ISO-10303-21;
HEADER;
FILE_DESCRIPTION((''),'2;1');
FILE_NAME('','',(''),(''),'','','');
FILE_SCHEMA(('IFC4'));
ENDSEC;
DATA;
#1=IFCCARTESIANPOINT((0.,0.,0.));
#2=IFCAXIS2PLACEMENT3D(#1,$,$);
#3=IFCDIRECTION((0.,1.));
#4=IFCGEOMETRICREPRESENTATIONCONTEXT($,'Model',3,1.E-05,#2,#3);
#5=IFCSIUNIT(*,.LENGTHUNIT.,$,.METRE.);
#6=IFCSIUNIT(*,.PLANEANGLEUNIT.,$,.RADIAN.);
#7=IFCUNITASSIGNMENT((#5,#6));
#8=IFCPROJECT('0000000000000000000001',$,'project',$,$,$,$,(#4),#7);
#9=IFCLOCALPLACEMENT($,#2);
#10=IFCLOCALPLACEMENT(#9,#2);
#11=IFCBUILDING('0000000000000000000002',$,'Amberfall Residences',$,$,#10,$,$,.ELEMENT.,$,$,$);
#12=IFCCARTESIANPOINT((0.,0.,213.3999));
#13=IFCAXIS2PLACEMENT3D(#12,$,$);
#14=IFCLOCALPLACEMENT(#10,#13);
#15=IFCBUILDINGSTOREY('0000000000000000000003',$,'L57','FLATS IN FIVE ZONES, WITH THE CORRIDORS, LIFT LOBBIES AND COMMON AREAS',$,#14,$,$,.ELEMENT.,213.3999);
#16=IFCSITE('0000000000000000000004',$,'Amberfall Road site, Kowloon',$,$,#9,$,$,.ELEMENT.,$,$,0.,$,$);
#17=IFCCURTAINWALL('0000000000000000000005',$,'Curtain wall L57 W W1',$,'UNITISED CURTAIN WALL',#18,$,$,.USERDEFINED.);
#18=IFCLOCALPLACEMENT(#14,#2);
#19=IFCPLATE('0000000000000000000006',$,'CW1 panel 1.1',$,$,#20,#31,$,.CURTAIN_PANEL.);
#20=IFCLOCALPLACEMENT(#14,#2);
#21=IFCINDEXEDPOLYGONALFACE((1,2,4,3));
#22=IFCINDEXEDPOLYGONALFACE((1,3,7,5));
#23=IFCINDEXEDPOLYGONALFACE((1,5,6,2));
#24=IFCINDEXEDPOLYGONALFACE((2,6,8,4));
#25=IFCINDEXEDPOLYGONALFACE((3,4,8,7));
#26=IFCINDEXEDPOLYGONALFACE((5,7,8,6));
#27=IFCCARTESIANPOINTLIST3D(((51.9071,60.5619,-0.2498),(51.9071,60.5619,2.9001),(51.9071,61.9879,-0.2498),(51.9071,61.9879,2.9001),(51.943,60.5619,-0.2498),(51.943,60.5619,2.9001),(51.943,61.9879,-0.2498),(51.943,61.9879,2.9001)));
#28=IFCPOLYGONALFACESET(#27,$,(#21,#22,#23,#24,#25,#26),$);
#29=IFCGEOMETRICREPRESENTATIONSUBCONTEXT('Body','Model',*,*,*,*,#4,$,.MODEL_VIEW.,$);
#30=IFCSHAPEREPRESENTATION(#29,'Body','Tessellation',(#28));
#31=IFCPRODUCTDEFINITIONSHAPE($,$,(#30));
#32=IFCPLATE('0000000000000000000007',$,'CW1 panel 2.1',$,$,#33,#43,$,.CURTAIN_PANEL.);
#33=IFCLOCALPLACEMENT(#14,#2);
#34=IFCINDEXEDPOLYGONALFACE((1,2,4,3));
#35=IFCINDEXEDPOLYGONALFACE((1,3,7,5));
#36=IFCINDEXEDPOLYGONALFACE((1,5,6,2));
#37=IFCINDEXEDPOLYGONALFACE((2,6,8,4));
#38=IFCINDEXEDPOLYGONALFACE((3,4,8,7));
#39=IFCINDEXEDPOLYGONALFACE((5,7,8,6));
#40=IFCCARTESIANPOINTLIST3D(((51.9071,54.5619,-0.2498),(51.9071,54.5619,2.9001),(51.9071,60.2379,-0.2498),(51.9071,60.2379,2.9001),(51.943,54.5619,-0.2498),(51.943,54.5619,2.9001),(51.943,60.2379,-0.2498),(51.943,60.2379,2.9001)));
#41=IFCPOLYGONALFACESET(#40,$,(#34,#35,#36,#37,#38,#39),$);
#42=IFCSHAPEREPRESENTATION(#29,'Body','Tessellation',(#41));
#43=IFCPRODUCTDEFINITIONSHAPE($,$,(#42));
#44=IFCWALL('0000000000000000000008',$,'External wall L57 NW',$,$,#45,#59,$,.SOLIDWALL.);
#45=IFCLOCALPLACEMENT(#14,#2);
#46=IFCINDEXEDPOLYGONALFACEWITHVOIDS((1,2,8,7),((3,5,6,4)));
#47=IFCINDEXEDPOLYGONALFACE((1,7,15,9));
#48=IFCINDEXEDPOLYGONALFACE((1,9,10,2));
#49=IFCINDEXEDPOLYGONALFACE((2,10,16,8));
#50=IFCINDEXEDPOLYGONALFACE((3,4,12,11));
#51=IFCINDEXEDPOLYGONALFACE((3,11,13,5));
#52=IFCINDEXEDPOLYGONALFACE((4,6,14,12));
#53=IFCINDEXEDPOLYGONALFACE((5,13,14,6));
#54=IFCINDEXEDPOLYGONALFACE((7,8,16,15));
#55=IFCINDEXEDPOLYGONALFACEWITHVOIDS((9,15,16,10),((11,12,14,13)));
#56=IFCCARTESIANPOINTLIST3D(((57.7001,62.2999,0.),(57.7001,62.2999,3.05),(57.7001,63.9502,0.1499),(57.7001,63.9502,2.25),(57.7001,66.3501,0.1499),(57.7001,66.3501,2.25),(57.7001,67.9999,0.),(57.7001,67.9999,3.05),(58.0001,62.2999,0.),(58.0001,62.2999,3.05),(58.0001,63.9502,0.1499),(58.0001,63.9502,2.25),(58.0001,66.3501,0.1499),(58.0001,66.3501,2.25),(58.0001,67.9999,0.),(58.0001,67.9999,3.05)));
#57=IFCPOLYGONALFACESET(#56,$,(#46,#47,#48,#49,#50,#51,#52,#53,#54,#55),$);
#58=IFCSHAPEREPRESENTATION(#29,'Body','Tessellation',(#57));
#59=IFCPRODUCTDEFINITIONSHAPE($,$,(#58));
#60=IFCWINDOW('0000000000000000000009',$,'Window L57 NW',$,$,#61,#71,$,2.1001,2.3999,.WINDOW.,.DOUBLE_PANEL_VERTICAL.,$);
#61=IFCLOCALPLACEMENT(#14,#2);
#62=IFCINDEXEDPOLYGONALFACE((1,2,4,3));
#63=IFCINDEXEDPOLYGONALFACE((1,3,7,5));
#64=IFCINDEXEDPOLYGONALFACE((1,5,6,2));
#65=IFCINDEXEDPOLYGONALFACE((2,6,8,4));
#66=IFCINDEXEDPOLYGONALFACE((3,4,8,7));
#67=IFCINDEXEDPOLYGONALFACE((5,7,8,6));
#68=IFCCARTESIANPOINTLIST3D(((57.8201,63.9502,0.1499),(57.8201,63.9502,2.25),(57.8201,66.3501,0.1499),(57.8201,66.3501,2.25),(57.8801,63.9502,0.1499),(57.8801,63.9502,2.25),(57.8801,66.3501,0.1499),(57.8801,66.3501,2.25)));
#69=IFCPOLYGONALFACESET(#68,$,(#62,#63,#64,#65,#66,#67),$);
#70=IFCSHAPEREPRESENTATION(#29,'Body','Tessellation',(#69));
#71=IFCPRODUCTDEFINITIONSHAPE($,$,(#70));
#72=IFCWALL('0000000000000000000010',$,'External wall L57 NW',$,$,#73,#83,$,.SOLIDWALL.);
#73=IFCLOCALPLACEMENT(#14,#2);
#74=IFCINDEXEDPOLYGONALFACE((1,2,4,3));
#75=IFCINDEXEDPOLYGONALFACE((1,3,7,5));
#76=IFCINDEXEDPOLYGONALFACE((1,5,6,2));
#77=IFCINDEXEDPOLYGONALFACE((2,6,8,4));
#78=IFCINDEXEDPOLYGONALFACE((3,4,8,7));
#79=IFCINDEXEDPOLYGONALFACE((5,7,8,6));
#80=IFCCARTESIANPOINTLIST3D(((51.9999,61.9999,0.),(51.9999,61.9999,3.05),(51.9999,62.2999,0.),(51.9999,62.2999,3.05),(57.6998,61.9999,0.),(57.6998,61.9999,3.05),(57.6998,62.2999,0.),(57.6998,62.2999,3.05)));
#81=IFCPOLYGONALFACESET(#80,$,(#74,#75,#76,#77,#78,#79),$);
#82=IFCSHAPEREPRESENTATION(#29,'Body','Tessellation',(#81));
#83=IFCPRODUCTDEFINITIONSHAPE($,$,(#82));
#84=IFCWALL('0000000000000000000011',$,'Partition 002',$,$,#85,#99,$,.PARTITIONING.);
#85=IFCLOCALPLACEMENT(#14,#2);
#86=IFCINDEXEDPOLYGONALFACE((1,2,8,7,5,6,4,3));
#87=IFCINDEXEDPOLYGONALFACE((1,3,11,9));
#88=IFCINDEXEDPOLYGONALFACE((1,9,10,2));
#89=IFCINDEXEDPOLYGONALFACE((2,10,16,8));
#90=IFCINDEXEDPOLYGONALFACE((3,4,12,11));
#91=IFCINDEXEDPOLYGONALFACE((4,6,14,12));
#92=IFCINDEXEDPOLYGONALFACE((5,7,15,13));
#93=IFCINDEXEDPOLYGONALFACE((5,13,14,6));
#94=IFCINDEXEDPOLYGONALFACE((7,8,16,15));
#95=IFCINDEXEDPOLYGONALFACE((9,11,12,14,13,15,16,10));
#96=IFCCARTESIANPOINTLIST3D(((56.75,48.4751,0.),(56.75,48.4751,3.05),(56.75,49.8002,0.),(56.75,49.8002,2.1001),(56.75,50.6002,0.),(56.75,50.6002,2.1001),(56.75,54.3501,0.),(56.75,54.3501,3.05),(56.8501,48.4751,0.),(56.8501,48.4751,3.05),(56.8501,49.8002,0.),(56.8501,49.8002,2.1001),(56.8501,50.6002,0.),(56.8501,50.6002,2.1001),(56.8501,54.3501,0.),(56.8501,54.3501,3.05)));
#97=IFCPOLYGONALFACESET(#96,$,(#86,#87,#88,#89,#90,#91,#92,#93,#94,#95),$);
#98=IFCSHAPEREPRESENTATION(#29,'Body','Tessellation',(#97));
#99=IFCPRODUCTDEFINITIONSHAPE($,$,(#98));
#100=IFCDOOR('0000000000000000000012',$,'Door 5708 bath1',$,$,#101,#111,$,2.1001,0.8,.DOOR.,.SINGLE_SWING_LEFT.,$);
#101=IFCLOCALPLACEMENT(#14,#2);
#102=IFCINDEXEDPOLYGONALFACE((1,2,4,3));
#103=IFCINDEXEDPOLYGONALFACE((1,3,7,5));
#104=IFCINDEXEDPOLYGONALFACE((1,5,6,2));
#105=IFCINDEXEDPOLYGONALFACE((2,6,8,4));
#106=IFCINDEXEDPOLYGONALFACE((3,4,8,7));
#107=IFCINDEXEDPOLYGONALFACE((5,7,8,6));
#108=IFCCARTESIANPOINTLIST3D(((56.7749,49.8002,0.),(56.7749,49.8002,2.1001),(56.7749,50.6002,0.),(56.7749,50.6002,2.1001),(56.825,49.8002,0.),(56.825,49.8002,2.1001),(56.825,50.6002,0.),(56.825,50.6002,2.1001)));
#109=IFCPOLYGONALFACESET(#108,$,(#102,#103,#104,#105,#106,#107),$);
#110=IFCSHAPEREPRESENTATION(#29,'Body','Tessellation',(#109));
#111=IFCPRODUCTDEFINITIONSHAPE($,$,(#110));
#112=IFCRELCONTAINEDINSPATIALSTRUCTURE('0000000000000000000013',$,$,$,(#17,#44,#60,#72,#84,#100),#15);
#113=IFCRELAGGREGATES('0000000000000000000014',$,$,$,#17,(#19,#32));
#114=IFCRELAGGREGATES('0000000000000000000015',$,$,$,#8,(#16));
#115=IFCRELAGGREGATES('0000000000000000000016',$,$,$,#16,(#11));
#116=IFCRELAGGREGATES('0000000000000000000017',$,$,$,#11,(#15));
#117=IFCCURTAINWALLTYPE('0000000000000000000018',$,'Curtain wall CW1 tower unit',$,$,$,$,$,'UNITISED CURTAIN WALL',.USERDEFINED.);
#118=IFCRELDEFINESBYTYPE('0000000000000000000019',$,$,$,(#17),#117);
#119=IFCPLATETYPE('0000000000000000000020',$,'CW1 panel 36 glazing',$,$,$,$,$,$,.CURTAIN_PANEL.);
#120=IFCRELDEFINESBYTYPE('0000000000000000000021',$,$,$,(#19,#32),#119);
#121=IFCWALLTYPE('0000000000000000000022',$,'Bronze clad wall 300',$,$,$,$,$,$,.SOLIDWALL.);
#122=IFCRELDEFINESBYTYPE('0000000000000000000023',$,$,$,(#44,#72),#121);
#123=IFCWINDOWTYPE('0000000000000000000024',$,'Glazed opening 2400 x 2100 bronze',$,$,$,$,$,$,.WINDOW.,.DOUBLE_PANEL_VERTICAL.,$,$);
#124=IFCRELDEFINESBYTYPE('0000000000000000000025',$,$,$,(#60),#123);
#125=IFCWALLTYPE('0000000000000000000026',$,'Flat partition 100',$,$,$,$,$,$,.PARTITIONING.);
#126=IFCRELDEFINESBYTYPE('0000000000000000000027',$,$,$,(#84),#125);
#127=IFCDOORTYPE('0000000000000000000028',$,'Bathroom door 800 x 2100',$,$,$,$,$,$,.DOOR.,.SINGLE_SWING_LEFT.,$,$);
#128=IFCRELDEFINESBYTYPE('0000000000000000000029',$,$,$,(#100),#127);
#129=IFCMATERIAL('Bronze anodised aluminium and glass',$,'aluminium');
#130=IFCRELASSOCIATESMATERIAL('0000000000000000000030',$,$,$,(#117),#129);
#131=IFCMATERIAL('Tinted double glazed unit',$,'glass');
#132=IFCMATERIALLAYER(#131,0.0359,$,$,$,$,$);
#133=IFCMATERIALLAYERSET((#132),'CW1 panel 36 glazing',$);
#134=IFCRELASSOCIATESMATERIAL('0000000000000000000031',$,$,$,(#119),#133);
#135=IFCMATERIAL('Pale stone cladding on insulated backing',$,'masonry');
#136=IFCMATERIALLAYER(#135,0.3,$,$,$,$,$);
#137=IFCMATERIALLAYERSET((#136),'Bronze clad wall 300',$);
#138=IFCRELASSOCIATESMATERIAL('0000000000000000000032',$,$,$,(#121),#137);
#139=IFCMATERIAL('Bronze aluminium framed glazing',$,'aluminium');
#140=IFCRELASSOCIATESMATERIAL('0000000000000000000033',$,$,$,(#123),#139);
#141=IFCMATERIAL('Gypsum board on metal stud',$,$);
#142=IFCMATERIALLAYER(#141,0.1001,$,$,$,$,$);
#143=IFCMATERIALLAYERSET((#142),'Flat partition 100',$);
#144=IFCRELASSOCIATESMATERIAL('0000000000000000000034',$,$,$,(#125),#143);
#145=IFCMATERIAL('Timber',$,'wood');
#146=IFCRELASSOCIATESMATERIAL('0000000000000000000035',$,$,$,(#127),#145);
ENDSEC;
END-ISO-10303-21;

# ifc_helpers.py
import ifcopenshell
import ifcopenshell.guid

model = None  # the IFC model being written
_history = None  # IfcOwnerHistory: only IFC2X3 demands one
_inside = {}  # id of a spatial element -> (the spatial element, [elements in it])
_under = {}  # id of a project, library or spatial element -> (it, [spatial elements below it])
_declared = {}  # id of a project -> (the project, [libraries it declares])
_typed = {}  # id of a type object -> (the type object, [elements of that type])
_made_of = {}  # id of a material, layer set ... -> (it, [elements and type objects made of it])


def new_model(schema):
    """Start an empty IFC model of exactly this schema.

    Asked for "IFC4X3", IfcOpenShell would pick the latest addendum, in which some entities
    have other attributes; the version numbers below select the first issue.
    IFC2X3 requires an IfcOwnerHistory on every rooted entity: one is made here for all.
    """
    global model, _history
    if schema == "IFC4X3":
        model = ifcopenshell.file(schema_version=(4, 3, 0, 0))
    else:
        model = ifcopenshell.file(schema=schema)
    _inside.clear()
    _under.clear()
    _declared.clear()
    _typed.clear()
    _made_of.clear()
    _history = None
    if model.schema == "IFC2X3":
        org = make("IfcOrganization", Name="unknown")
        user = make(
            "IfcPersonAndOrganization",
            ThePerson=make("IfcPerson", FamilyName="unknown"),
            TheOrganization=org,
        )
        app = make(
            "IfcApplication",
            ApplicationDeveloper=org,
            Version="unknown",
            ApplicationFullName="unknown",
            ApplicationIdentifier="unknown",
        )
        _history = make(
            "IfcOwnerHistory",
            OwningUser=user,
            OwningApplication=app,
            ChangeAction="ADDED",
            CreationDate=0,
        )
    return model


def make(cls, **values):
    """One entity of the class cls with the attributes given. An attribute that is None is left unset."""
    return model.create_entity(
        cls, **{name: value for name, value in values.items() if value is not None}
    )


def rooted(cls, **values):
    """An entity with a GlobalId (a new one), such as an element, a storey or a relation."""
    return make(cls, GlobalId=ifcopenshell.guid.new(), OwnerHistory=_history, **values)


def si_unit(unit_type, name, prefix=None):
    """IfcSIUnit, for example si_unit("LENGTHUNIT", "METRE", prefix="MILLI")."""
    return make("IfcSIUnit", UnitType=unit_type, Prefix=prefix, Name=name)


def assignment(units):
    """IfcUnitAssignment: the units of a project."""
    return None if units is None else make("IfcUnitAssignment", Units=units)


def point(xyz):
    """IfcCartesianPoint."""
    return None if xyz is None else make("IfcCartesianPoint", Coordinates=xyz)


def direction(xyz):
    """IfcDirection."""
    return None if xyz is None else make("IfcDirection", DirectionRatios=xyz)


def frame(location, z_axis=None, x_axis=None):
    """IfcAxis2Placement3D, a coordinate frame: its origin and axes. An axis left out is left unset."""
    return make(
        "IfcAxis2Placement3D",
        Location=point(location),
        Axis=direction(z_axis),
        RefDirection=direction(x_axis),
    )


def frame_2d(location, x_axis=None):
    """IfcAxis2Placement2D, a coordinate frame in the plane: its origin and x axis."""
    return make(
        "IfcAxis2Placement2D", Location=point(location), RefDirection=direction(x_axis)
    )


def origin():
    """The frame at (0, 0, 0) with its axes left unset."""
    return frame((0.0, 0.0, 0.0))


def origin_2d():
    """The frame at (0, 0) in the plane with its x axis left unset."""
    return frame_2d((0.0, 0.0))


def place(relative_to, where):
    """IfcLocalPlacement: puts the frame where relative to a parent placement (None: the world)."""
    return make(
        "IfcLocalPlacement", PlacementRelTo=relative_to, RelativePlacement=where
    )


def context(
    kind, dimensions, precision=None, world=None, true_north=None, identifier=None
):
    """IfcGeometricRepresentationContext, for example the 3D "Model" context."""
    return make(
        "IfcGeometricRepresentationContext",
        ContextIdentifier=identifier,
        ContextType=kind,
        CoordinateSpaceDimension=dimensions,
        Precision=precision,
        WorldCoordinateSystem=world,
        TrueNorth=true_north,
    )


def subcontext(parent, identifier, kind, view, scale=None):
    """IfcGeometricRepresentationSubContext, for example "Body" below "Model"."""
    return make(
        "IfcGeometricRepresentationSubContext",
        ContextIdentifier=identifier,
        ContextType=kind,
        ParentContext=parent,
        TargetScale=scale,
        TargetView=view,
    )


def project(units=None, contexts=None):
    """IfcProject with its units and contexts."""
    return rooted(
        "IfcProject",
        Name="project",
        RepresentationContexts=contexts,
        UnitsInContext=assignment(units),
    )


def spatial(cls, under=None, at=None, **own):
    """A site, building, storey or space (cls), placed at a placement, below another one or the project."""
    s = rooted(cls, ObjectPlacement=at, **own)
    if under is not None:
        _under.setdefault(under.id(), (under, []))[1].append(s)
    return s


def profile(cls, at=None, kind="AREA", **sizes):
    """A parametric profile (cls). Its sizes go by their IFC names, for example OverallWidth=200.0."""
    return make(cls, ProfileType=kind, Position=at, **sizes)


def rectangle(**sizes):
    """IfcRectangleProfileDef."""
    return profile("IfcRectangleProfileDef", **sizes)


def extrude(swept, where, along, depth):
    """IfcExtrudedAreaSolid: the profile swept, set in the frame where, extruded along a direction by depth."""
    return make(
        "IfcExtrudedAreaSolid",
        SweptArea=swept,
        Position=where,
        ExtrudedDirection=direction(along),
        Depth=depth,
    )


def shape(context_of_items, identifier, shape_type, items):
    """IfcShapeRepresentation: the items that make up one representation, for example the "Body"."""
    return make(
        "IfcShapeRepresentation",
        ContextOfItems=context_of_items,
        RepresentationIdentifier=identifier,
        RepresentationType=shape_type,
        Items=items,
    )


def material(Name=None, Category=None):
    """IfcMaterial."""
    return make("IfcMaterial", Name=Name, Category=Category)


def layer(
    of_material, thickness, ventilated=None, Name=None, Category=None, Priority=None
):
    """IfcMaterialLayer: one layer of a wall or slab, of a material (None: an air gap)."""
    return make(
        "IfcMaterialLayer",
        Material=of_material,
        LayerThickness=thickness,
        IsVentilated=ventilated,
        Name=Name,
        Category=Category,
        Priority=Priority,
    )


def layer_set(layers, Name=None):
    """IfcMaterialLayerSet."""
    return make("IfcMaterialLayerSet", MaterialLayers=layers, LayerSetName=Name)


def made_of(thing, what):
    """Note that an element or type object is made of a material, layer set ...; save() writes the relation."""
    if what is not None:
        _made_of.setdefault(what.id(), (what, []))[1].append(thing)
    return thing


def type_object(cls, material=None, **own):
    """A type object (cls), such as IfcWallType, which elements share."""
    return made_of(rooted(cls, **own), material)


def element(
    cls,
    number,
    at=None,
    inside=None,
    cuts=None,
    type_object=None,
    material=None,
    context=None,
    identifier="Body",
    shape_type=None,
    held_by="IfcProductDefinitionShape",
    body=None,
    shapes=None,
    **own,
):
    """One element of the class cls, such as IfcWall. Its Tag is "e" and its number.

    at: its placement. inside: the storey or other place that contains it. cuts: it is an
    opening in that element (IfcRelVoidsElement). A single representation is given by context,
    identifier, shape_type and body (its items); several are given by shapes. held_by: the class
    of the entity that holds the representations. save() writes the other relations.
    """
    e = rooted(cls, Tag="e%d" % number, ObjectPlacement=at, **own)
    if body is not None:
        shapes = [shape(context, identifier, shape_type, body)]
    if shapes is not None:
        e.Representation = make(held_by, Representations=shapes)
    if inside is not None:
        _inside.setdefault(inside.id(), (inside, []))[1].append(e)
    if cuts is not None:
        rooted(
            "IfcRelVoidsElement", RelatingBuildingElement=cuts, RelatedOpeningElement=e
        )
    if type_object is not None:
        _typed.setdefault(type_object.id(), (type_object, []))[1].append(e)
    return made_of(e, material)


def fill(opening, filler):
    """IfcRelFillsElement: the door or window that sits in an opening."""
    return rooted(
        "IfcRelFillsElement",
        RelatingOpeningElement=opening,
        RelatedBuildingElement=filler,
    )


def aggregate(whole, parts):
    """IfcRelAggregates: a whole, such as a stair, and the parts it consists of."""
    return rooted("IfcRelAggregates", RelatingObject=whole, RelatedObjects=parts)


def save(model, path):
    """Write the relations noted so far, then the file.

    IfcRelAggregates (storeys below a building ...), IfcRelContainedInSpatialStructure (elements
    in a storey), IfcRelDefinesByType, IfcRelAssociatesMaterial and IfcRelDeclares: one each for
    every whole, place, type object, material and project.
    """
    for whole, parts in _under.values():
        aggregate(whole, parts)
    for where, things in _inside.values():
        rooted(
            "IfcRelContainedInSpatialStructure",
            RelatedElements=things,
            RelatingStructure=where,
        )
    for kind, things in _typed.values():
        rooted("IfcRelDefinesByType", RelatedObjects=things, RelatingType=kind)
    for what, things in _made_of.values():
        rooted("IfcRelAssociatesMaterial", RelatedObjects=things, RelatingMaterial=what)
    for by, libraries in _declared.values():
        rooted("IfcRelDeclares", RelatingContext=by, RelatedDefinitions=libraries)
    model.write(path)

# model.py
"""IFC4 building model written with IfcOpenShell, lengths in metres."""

from ifc_helpers import new_model, si_unit, direction, frame, frame_2d, origin, origin_2d, place, context, subcontext, project, spatial, rectangle, extrude, material, layer, layer_set, type_object, element, fill, aggregate, save


model = new_model("IFC4")

# Units and contexts
model_context = context("Model", 3, precision=1e-05, world=origin(), true_north=direction((0.0, 1.0)))
body_context = subcontext(model_context, "Body", "Model", "MODEL_VIEW")
ifc_project = project(units=[si_unit("LENGTHUNIT", "METRE"), si_unit("PLANEANGLEUNIT", "RADIAN")], contexts=[model_context])

# Site, building, storey
site_placement = place(None, origin())
site = spatial("IfcSite", under=ifc_project, at=site_placement, Name="Amberfall Road site, Kowloon", CompositionType="ELEMENT", RefElevation=0.0)
building_placement = place(site_placement, origin())
building = spatial("IfcBuilding", under=site, at=building_placement, Name="Amberfall Residences", CompositionType="ELEMENT")
storey_placement = place(building_placement, frame((0.0, 0.0, 213.3999)))
storey = spatial("IfcBuildingStorey", under=building, at=storey_placement, Name="L57", Description="FLATS IN FIVE ZONES, WITH THE CORRIDORS, LIFT LOBBIES AND COMMON AREAS", CompositionType="ELEMENT", Elevation=213.3999)

# Curtain wall
ifc_material_1 = material(Name="Bronze anodised aluminium and glass", Category="aluminium")
curtain_wall_type = type_object("IfcCurtainWallType", Name="Curtain wall CW1 tower unit", ElementType="UNITISED CURTAIN WALL", PredefinedType="USERDEFINED", material=ifc_material_1)
curtain_wall_1_placement = place(storey_placement, origin())
curtain_wall_1 = element("IfcCurtainWall", 1, at=curtain_wall_1_placement, inside=storey, type_object=curtain_wall_type, Name="Curtain wall L57 W W1", ObjectType="UNITISED CURTAIN WALL", PredefinedType="USERDEFINED")

# Plates
ifc_material_2 = material(Name="Tinted double glazed unit", Category="glass")
ifc_layer_1 = layer(ifc_material_2, 0.0359)
ifc_layer_set_1 = layer_set([ifc_layer_1], Name="CW1 panel 36 glazing")
plate_type = type_object("IfcPlateType", Name="CW1 panel 36 glazing", PredefinedType="CURTAIN_PANEL", material=ifc_layer_set_1)
plate_1_placement = place(storey_placement, frame((51.925, 61.2749, -0.2498), z_axis=(0.0, 0.0, 1.0), x_axis=(0.0, -1.0, 0.0)))
plate_1 = element("IfcPlate", 2, at=plate_1_placement, type_object=plate_type, Name="CW1 panel 1.1", PredefinedType="CURTAIN_PANEL", context=body_context, shape_type="SweptSolid", body=[
    extrude(rectangle(XDim=1.426, YDim=0.0359, at=origin_2d()), origin(), (0.0, 0.0, 1.0), 3.1499),
])
plate_2_placement = place(storey_placement, frame((51.925, 57.3999, -0.2498), z_axis=(0.0, 0.0, 1.0), x_axis=(0.0, -1.0, 0.0)))
plate_2 = element("IfcPlate", 3, at=plate_2_placement, type_object=plate_type, Name="CW1 panel 2.1", PredefinedType="CURTAIN_PANEL", context=body_context, shape_type="SweptSolid", body=[
    extrude(rectangle(XDim=5.676, YDim=0.0359, at=origin_2d()), origin(), (0.0, 0.0, 1.0), 3.1499),
])
aggregate(curtain_wall_1, [plate_1, plate_2])

# Wall, opening, window
ifc_material_3 = material(Name="Pale stone cladding on insulated backing", Category="masonry")
ifc_layer_2 = layer(ifc_material_3, 0.3)
ifc_layer_set_2 = layer_set([ifc_layer_2], Name="Bronze clad wall 300")
wall_type_1 = type_object("IfcWallType", Name="Bronze clad wall 300", PredefinedType="SOLIDWALL", material=ifc_layer_set_2)
wall_1_placement = place(storey_placement, frame((57.8501, 68.0, 0.0), z_axis=(0.0, 0.0, 1.0), x_axis=(0.0, -1.0, 0.0)))
wall_1 = element("IfcWall", 4, at=wall_1_placement, inside=storey, type_object=wall_type_1, Name="External wall L57 NW", PredefinedType="SOLIDWALL", context=body_context, shape_type="SweptSolid", body=[
    extrude(rectangle(XDim=5.7, YDim=0.3, at=frame_2d((2.8501, 0.0))), origin(), (0.0, 0.0, 1.0), 3.05),
])
opening_1_placement = place(wall_1_placement, frame((1.6499, 0.0, 0.1499)))
opening_1 = element("IfcOpeningElement", 5, at=opening_1_placement, cuts=wall_1, PredefinedType="OPENING", context=body_context, shape_type="SweptSolid", body=[
    extrude(rectangle(XDim=2.3999, YDim=2.1001, at=frame_2d((1.2, 1.05))), frame((0.0, 0.1599, 0.0), z_axis=(0.0, -1.0, 0.0), x_axis=(1.0, 0.0, 0.0)), (0.0, 0.0, 1.0), 0.3201),
])
ifc_material_4 = material(Name="Bronze aluminium framed glazing", Category="aluminium")
window_type = type_object("IfcWindowType", Name="Glazed opening 2400 x 2100 bronze", PartitioningType="DOUBLE_PANEL_VERTICAL", PredefinedType="WINDOW", material=ifc_material_4)
window_placement = place(opening_1_placement, origin())
window = element("IfcWindow", 6, at=window_placement, inside=storey, type_object=window_type, Name="Window L57 NW", OverallHeight=2.1001, OverallWidth=2.3999, PartitioningType="DOUBLE_PANEL_VERTICAL", PredefinedType="WINDOW", context=body_context, shape_type="SweptSolid", body=[
    extrude(rectangle(XDim=2.3999, YDim=2.1001, at=frame_2d((1.2, 1.05))), frame((0.0, 0.03, 0.0), z_axis=(0.0, -1.0, 0.0), x_axis=(1.0, 0.0, 0.0)), (0.0, 0.0, 1.0), 0.0601),
])
fill(opening_1, window)

# Wall
wall_2_placement = place(storey_placement, frame((57.7, 62.1499, 0.0), z_axis=(0.0, 0.0, 1.0), x_axis=(-1.0, 0.0, 0.0)))
element("IfcWall", 7, at=wall_2_placement, inside=storey, type_object=wall_type_1, Name="External wall L57 NW", PredefinedType="SOLIDWALL", context=body_context, shape_type="SweptSolid", body=[
    extrude(rectangle(XDim=5.7, YDim=0.3, at=frame_2d((2.8501, 0.0))), origin(), (0.0, 0.0, 1.0), 3.05),
])

# Wall, opening, door
ifc_material_5 = material(Name="Gypsum board on metal stud")
ifc_layer_3 = layer(ifc_material_5, 0.1001)
ifc_layer_set_3 = layer_set([ifc_layer_3], Name="Flat partition 100")
wall_type_2 = type_object("IfcWallType", Name="Flat partition 100", PredefinedType="PARTITIONING", material=ifc_layer_set_3)
wall_3_placement = place(storey_placement, frame((56.8, 54.3501, 0.0), z_axis=(0.0, 0.0, 1.0), x_axis=(0.0, -1.0, 0.0)))
wall_3 = element("IfcWall", 8, at=wall_3_placement, inside=storey, type_object=wall_type_2, Name="Partition 002", PredefinedType="PARTITIONING", context=body_context, shape_type="SweptSolid", body=[
    extrude(rectangle(XDim=5.875, YDim=0.1001, at=frame_2d((2.9375, 0.0))), origin(), (0.0, 0.0, 1.0), 3.05),
])
opening_2_placement = place(wall_3_placement, frame((3.75, 0.0, 0.0)))
opening_2 = element("IfcOpeningElement", 9, at=opening_2_placement, cuts=wall_3, PredefinedType="OPENING", context=body_context, shape_type="SweptSolid", body=[
    extrude(rectangle(XDim=0.8, YDim=2.1001, at=frame_2d((0.3999, 1.05))), frame((0.0, 0.0601, 0.0), z_axis=(0.0, -1.0, 0.0), x_axis=(1.0, 0.0, 0.0)), (0.0, 0.0, 1.0), 0.1201),
])
ifc_material_6 = material(Name="Timber", Category="wood")
door_type = type_object("IfcDoorType", Name="Bathroom door 800 x 2100", OperationType="SINGLE_SWING_LEFT", PredefinedType="DOOR", material=ifc_material_6)
door_placement = place(opening_2_placement, origin())
door = element("IfcDoor", 10, at=door_placement, inside=storey, type_object=door_type, Name="Door 5708 bath1", OperationType="SINGLE_SWING_LEFT", OverallHeight=2.1001, OverallWidth=0.8, PredefinedType="DOOR", context=body_context, shape_type="SweptSolid", body=[
    extrude(rectangle(XDim=0.8, YDim=2.1001, at=frame_2d((0.3999, 1.05))), frame((0.0, 0.0249, 0.0), z_axis=(0.0, -1.0, 0.0), x_axis=(1.0, 0.0, 0.0)), (0.0, 0.0, 1.0), 0.05),
])
fill(opening_2, door)

save(model, "model.ifc")
